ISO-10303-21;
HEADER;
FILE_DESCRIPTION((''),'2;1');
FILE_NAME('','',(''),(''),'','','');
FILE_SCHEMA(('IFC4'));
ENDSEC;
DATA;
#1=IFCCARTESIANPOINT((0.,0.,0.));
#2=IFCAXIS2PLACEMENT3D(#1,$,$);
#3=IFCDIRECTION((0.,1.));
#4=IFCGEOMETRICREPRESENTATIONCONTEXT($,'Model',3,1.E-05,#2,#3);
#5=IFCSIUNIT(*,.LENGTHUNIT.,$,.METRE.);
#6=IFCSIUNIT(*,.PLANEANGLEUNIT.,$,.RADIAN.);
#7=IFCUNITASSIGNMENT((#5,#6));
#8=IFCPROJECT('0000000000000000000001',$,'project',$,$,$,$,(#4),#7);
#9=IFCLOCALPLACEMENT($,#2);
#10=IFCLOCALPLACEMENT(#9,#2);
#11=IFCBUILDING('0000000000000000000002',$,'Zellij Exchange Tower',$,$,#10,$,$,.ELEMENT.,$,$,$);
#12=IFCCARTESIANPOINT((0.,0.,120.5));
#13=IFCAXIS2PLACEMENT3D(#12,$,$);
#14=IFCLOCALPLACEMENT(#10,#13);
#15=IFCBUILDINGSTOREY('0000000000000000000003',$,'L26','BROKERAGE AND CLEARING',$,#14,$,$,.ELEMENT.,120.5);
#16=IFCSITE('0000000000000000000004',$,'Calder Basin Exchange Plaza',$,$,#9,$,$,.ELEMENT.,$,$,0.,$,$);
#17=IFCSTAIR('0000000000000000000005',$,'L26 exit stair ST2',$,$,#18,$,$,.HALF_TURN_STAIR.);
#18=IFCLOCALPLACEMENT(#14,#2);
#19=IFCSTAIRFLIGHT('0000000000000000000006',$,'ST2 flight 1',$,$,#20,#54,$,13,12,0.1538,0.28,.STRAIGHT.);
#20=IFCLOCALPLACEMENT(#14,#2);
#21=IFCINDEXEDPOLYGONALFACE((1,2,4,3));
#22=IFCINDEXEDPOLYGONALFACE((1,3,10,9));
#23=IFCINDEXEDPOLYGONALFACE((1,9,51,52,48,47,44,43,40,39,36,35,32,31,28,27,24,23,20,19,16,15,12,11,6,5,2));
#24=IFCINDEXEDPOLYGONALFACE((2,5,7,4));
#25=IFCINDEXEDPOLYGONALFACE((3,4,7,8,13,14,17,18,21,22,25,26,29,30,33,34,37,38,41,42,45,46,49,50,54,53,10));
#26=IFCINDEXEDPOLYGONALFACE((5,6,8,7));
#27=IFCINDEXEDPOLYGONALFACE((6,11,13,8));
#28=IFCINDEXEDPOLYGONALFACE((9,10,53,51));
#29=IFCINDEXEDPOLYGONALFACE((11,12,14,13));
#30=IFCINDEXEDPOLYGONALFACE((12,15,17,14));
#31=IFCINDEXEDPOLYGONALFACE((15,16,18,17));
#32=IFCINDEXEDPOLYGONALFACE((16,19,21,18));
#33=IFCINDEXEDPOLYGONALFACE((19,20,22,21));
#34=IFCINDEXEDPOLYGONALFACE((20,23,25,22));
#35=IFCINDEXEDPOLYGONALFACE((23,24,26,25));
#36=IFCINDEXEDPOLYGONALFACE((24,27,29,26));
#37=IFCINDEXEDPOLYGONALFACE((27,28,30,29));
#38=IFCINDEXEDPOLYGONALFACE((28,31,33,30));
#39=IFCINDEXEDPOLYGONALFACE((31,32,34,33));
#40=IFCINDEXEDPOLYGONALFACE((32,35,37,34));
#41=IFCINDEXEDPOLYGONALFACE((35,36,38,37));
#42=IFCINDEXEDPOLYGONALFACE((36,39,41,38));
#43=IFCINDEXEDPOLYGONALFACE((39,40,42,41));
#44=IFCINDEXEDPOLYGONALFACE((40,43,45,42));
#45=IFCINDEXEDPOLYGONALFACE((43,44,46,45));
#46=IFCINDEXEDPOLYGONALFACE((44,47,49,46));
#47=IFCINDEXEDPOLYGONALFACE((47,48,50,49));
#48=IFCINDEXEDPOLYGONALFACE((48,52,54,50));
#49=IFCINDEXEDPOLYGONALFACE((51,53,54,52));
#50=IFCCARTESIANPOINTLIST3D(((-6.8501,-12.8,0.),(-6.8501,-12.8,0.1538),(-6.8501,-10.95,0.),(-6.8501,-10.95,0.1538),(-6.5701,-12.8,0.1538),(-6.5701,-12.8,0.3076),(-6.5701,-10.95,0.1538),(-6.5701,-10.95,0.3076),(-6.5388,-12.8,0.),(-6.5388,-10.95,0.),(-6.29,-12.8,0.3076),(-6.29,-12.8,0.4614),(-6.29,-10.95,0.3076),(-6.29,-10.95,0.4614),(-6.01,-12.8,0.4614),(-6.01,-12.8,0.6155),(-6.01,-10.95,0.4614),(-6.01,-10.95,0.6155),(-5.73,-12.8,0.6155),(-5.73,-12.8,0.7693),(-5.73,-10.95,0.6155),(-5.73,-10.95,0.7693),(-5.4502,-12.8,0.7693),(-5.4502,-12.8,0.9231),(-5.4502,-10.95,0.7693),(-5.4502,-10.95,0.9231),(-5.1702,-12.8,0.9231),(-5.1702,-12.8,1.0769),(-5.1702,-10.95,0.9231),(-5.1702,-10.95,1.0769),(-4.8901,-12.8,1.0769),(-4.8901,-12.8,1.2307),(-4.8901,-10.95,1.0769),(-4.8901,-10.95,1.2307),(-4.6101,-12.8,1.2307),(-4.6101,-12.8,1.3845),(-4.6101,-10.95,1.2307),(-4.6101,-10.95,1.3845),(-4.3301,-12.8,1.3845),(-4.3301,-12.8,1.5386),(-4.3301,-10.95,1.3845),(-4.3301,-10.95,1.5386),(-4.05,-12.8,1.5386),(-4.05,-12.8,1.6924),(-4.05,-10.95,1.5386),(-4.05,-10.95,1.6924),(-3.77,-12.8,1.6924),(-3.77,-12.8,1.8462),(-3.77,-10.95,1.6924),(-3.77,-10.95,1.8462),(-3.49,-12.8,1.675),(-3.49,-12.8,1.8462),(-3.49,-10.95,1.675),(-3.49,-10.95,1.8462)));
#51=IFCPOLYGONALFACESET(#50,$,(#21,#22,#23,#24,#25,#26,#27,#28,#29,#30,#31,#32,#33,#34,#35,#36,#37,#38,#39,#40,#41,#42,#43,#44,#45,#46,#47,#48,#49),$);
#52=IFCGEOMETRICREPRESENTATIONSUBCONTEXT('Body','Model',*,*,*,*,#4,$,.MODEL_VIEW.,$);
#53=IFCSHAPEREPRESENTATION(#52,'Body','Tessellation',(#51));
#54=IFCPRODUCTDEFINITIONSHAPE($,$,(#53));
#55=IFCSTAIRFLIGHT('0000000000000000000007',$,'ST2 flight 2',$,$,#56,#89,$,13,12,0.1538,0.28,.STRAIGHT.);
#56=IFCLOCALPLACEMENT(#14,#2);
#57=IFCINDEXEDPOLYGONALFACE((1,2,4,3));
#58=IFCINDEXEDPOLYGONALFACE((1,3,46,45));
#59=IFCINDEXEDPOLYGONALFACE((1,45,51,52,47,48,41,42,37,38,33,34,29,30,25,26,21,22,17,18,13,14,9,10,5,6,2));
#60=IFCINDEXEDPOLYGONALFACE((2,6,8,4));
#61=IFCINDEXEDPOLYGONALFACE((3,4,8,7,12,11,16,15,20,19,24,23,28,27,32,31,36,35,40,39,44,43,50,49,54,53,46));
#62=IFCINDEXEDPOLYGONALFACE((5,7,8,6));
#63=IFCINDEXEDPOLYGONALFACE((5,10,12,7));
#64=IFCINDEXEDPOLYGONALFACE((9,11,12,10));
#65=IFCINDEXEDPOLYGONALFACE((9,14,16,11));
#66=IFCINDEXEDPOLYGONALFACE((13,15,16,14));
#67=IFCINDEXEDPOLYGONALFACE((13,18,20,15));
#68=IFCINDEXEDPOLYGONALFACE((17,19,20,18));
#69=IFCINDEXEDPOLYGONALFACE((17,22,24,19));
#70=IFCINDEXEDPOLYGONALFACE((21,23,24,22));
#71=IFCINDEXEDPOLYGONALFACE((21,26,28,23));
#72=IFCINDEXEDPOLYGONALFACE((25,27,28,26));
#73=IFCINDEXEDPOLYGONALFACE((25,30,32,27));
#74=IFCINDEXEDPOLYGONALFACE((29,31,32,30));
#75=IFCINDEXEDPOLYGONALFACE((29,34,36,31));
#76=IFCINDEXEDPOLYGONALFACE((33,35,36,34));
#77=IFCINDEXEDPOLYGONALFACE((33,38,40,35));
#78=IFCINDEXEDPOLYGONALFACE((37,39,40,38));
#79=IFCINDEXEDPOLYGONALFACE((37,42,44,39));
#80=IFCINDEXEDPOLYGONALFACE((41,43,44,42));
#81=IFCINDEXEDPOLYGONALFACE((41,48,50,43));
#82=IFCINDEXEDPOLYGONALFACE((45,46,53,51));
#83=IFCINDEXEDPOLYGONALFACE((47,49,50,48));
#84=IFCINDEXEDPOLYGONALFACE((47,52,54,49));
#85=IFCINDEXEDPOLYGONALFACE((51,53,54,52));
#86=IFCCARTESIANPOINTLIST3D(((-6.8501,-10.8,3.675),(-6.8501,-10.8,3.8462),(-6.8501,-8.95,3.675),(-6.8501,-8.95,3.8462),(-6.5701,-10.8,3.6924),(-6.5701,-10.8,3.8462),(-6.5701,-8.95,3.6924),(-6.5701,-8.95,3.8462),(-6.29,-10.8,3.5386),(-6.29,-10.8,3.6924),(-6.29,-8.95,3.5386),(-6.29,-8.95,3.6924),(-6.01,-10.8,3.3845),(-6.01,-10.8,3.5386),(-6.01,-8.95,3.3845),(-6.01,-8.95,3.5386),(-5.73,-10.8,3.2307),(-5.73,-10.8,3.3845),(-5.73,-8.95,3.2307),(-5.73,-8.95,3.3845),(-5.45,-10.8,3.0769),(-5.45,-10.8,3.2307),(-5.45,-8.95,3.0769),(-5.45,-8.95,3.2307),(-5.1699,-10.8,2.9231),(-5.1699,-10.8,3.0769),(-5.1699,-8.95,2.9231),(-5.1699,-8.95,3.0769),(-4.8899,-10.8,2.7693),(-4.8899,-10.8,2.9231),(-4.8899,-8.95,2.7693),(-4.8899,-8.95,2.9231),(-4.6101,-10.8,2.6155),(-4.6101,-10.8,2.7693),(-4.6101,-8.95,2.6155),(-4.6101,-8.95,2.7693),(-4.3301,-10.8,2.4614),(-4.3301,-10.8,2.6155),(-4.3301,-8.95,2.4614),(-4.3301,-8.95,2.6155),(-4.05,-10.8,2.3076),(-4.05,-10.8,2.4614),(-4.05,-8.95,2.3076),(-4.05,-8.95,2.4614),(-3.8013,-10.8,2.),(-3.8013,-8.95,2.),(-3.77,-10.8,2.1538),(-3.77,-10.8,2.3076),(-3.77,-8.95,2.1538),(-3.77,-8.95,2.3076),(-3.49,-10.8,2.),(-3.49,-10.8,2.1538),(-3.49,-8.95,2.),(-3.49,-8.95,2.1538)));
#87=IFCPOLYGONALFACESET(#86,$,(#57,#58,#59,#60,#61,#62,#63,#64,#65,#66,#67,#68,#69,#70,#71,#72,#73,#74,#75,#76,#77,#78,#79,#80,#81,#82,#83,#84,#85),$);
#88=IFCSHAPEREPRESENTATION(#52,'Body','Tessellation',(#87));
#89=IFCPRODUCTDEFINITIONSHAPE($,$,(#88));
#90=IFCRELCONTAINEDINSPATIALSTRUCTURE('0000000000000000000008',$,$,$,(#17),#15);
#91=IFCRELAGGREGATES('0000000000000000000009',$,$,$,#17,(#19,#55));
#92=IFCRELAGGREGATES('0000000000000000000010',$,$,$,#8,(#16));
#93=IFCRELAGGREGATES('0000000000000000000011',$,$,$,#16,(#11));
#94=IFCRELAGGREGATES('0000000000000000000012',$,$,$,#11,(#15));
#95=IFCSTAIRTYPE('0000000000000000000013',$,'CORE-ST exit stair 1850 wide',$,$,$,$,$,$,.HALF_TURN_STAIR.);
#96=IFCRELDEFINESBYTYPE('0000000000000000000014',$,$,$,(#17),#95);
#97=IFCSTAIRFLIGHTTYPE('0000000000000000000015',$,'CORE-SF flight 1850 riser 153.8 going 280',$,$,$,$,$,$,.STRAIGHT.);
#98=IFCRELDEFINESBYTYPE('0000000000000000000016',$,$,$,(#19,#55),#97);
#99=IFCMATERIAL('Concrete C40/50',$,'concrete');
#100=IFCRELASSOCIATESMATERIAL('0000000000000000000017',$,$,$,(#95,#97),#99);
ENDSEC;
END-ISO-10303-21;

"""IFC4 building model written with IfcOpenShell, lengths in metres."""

from ifc_helpers import new_model, si_unit, direction, frame, origin, place, context, subcontext, project, spatial, polyline, outline, extrude, material, type_object, element, aggregate, save


model = new_model("IFC4")

# Units and contexts
model_context = context("Model", 3, precision=1e-05, world=origin(), true_north=direction((0.0, 1.0)))
body_context = subcontext(model_context, "Body", "Model", "MODEL_VIEW")
ifc_project = project(units=[si_unit("LENGTHUNIT", "METRE"), si_unit("PLANEANGLEUNIT", "RADIAN")], contexts=[model_context])

# Site, building, storey
site_placement = place(None, origin())
site = spatial("IfcSite", under=ifc_project, at=site_placement, Name="Calder Basin Exchange Plaza", CompositionType="ELEMENT", RefElevation=0.0)
building_placement = place(site_placement, origin())
building = spatial("IfcBuilding", under=site, at=building_placement, Name="Zellij Exchange Tower", CompositionType="ELEMENT")
storey_placement = place(building_placement, frame((0.0, 0.0, 120.5)))
storey = spatial("IfcBuildingStorey", under=building, at=storey_placement, Name="L26", Description="BROKERAGE AND CLEARING", CompositionType="ELEMENT", Elevation=120.5)

# Stair, stair flights
ifc_material_1 = material(Name="Concrete C40/50", Category="concrete")
stair_type = type_object("IfcStairType", Name="CORE-ST exit stair 1850 wide", PredefinedType="HALF_TURN_STAIR", material=ifc_material_1)
stair_placement = place(storey_placement, origin())
stair = element("IfcStair", 1, at=stair_placement, inside=storey, type_object=stair_type, Name="L26 exit stair ST2", PredefinedType="HALF_TURN_STAIR")
stair_flight_type = type_object("IfcStairFlightType", Name="CORE-SF flight 1850 riser 153.8 going 280", PredefinedType="STRAIGHT", material=ifc_material_1)
stair_flight_1_placement = place(storey_placement, frame((-6.8501, -11.875, 0.0), z_axis=(0.0, 0.0, 1.0), x_axis=(1.0, 0.0, 0.0)))
stair_flight_1 = element("IfcStairFlight", 2, at=stair_flight_1_placement, type_object=stair_flight_type, Name="ST2 flight 1", NumberOfRisers=13, NumberOfTreads=12, PredefinedType="STRAIGHT", RiserHeight=0.1538, TreadLength=0.28, context=body_context, shape_type="SweptSolid", body=[
    extrude(outline(polyline([(0.0, 0.0), (0.0, 0.1538), (0.28, 0.1538), (0.28, 0.3076), (0.5601, 0.3076), (0.5601, 0.4614), (0.8401, 0.4614), (0.8401, 0.6155), (1.1201, 0.6155), (1.1201, 0.7693), (1.3999, 0.7693), (1.3999, 0.9231), (1.6799, 0.9231), (1.6799, 1.0769), (1.96, 1.0769), (1.96, 1.2307), (2.24, 1.2307), (2.24, 1.3845), (2.52, 1.3845), (2.52, 1.5386), (2.8, 1.5386), (2.8, 1.6924), (3.0801, 1.6924), (3.0801, 1.8462), (3.3601, 1.8462), (3.3601, 2.0), (3.3601, 1.675), (0.3113, 0.0), (0.0, 0.0)])), frame((0.0, 0.925, 0.0), z_axis=(0.0, -1.0, 0.0), x_axis=(1.0, 0.0, 0.0)), (0.0, 0.0, 1.0), 1.8501),
])
stair_flight_2_placement = place(storey_placement, frame((-3.49, -9.875, 2.0), z_axis=(0.0, 0.0, 1.0), x_axis=(-1.0, 0.0, 0.0)))
stair_flight_2 = element("IfcStairFlight", 3, at=stair_flight_2_placement, type_object=stair_flight_type, Name="ST2 flight 2", NumberOfRisers=13, NumberOfTreads=12, PredefinedType="STRAIGHT", RiserHeight=0.1538, TreadLength=0.28, context=body_context, shape_type="SweptSolid", body=[
    extrude(outline(polyline([(0.0, 0.0), (0.0, 0.1538), (0.28, 0.1538), (0.28, 0.3076), (0.5601, 0.3076), (0.5601, 0.4614), (0.8401, 0.4614), (0.8401, 0.6155), (1.1201, 0.6155), (1.1201, 0.7693), (1.3999, 0.7693), (1.3999, 0.9231), (1.6799, 0.9231), (1.6799, 1.0769), (1.96, 1.0769), (1.96, 1.2307), (2.24, 1.2307), (2.24, 1.3845), (2.52, 1.3845), (2.52, 1.5386), (2.8, 1.5386), (2.8, 1.6924), (3.0801, 1.6924), (3.0801, 1.8462), (3.3601, 1.8462), (3.3601, 2.0), (3.3601, 1.675), (0.3113, 0.0), (0.0, 0.0)])), frame((0.0, 0.925, 0.0), z_axis=(0.0, -1.0, 0.0), x_axis=(1.0, 0.0, 0.0)), (0.0, 0.0, 1.0), 1.8501),
])
aggregate(stair, [stair_flight_1, stair_flight_2])

save(model, "model.ifc")
